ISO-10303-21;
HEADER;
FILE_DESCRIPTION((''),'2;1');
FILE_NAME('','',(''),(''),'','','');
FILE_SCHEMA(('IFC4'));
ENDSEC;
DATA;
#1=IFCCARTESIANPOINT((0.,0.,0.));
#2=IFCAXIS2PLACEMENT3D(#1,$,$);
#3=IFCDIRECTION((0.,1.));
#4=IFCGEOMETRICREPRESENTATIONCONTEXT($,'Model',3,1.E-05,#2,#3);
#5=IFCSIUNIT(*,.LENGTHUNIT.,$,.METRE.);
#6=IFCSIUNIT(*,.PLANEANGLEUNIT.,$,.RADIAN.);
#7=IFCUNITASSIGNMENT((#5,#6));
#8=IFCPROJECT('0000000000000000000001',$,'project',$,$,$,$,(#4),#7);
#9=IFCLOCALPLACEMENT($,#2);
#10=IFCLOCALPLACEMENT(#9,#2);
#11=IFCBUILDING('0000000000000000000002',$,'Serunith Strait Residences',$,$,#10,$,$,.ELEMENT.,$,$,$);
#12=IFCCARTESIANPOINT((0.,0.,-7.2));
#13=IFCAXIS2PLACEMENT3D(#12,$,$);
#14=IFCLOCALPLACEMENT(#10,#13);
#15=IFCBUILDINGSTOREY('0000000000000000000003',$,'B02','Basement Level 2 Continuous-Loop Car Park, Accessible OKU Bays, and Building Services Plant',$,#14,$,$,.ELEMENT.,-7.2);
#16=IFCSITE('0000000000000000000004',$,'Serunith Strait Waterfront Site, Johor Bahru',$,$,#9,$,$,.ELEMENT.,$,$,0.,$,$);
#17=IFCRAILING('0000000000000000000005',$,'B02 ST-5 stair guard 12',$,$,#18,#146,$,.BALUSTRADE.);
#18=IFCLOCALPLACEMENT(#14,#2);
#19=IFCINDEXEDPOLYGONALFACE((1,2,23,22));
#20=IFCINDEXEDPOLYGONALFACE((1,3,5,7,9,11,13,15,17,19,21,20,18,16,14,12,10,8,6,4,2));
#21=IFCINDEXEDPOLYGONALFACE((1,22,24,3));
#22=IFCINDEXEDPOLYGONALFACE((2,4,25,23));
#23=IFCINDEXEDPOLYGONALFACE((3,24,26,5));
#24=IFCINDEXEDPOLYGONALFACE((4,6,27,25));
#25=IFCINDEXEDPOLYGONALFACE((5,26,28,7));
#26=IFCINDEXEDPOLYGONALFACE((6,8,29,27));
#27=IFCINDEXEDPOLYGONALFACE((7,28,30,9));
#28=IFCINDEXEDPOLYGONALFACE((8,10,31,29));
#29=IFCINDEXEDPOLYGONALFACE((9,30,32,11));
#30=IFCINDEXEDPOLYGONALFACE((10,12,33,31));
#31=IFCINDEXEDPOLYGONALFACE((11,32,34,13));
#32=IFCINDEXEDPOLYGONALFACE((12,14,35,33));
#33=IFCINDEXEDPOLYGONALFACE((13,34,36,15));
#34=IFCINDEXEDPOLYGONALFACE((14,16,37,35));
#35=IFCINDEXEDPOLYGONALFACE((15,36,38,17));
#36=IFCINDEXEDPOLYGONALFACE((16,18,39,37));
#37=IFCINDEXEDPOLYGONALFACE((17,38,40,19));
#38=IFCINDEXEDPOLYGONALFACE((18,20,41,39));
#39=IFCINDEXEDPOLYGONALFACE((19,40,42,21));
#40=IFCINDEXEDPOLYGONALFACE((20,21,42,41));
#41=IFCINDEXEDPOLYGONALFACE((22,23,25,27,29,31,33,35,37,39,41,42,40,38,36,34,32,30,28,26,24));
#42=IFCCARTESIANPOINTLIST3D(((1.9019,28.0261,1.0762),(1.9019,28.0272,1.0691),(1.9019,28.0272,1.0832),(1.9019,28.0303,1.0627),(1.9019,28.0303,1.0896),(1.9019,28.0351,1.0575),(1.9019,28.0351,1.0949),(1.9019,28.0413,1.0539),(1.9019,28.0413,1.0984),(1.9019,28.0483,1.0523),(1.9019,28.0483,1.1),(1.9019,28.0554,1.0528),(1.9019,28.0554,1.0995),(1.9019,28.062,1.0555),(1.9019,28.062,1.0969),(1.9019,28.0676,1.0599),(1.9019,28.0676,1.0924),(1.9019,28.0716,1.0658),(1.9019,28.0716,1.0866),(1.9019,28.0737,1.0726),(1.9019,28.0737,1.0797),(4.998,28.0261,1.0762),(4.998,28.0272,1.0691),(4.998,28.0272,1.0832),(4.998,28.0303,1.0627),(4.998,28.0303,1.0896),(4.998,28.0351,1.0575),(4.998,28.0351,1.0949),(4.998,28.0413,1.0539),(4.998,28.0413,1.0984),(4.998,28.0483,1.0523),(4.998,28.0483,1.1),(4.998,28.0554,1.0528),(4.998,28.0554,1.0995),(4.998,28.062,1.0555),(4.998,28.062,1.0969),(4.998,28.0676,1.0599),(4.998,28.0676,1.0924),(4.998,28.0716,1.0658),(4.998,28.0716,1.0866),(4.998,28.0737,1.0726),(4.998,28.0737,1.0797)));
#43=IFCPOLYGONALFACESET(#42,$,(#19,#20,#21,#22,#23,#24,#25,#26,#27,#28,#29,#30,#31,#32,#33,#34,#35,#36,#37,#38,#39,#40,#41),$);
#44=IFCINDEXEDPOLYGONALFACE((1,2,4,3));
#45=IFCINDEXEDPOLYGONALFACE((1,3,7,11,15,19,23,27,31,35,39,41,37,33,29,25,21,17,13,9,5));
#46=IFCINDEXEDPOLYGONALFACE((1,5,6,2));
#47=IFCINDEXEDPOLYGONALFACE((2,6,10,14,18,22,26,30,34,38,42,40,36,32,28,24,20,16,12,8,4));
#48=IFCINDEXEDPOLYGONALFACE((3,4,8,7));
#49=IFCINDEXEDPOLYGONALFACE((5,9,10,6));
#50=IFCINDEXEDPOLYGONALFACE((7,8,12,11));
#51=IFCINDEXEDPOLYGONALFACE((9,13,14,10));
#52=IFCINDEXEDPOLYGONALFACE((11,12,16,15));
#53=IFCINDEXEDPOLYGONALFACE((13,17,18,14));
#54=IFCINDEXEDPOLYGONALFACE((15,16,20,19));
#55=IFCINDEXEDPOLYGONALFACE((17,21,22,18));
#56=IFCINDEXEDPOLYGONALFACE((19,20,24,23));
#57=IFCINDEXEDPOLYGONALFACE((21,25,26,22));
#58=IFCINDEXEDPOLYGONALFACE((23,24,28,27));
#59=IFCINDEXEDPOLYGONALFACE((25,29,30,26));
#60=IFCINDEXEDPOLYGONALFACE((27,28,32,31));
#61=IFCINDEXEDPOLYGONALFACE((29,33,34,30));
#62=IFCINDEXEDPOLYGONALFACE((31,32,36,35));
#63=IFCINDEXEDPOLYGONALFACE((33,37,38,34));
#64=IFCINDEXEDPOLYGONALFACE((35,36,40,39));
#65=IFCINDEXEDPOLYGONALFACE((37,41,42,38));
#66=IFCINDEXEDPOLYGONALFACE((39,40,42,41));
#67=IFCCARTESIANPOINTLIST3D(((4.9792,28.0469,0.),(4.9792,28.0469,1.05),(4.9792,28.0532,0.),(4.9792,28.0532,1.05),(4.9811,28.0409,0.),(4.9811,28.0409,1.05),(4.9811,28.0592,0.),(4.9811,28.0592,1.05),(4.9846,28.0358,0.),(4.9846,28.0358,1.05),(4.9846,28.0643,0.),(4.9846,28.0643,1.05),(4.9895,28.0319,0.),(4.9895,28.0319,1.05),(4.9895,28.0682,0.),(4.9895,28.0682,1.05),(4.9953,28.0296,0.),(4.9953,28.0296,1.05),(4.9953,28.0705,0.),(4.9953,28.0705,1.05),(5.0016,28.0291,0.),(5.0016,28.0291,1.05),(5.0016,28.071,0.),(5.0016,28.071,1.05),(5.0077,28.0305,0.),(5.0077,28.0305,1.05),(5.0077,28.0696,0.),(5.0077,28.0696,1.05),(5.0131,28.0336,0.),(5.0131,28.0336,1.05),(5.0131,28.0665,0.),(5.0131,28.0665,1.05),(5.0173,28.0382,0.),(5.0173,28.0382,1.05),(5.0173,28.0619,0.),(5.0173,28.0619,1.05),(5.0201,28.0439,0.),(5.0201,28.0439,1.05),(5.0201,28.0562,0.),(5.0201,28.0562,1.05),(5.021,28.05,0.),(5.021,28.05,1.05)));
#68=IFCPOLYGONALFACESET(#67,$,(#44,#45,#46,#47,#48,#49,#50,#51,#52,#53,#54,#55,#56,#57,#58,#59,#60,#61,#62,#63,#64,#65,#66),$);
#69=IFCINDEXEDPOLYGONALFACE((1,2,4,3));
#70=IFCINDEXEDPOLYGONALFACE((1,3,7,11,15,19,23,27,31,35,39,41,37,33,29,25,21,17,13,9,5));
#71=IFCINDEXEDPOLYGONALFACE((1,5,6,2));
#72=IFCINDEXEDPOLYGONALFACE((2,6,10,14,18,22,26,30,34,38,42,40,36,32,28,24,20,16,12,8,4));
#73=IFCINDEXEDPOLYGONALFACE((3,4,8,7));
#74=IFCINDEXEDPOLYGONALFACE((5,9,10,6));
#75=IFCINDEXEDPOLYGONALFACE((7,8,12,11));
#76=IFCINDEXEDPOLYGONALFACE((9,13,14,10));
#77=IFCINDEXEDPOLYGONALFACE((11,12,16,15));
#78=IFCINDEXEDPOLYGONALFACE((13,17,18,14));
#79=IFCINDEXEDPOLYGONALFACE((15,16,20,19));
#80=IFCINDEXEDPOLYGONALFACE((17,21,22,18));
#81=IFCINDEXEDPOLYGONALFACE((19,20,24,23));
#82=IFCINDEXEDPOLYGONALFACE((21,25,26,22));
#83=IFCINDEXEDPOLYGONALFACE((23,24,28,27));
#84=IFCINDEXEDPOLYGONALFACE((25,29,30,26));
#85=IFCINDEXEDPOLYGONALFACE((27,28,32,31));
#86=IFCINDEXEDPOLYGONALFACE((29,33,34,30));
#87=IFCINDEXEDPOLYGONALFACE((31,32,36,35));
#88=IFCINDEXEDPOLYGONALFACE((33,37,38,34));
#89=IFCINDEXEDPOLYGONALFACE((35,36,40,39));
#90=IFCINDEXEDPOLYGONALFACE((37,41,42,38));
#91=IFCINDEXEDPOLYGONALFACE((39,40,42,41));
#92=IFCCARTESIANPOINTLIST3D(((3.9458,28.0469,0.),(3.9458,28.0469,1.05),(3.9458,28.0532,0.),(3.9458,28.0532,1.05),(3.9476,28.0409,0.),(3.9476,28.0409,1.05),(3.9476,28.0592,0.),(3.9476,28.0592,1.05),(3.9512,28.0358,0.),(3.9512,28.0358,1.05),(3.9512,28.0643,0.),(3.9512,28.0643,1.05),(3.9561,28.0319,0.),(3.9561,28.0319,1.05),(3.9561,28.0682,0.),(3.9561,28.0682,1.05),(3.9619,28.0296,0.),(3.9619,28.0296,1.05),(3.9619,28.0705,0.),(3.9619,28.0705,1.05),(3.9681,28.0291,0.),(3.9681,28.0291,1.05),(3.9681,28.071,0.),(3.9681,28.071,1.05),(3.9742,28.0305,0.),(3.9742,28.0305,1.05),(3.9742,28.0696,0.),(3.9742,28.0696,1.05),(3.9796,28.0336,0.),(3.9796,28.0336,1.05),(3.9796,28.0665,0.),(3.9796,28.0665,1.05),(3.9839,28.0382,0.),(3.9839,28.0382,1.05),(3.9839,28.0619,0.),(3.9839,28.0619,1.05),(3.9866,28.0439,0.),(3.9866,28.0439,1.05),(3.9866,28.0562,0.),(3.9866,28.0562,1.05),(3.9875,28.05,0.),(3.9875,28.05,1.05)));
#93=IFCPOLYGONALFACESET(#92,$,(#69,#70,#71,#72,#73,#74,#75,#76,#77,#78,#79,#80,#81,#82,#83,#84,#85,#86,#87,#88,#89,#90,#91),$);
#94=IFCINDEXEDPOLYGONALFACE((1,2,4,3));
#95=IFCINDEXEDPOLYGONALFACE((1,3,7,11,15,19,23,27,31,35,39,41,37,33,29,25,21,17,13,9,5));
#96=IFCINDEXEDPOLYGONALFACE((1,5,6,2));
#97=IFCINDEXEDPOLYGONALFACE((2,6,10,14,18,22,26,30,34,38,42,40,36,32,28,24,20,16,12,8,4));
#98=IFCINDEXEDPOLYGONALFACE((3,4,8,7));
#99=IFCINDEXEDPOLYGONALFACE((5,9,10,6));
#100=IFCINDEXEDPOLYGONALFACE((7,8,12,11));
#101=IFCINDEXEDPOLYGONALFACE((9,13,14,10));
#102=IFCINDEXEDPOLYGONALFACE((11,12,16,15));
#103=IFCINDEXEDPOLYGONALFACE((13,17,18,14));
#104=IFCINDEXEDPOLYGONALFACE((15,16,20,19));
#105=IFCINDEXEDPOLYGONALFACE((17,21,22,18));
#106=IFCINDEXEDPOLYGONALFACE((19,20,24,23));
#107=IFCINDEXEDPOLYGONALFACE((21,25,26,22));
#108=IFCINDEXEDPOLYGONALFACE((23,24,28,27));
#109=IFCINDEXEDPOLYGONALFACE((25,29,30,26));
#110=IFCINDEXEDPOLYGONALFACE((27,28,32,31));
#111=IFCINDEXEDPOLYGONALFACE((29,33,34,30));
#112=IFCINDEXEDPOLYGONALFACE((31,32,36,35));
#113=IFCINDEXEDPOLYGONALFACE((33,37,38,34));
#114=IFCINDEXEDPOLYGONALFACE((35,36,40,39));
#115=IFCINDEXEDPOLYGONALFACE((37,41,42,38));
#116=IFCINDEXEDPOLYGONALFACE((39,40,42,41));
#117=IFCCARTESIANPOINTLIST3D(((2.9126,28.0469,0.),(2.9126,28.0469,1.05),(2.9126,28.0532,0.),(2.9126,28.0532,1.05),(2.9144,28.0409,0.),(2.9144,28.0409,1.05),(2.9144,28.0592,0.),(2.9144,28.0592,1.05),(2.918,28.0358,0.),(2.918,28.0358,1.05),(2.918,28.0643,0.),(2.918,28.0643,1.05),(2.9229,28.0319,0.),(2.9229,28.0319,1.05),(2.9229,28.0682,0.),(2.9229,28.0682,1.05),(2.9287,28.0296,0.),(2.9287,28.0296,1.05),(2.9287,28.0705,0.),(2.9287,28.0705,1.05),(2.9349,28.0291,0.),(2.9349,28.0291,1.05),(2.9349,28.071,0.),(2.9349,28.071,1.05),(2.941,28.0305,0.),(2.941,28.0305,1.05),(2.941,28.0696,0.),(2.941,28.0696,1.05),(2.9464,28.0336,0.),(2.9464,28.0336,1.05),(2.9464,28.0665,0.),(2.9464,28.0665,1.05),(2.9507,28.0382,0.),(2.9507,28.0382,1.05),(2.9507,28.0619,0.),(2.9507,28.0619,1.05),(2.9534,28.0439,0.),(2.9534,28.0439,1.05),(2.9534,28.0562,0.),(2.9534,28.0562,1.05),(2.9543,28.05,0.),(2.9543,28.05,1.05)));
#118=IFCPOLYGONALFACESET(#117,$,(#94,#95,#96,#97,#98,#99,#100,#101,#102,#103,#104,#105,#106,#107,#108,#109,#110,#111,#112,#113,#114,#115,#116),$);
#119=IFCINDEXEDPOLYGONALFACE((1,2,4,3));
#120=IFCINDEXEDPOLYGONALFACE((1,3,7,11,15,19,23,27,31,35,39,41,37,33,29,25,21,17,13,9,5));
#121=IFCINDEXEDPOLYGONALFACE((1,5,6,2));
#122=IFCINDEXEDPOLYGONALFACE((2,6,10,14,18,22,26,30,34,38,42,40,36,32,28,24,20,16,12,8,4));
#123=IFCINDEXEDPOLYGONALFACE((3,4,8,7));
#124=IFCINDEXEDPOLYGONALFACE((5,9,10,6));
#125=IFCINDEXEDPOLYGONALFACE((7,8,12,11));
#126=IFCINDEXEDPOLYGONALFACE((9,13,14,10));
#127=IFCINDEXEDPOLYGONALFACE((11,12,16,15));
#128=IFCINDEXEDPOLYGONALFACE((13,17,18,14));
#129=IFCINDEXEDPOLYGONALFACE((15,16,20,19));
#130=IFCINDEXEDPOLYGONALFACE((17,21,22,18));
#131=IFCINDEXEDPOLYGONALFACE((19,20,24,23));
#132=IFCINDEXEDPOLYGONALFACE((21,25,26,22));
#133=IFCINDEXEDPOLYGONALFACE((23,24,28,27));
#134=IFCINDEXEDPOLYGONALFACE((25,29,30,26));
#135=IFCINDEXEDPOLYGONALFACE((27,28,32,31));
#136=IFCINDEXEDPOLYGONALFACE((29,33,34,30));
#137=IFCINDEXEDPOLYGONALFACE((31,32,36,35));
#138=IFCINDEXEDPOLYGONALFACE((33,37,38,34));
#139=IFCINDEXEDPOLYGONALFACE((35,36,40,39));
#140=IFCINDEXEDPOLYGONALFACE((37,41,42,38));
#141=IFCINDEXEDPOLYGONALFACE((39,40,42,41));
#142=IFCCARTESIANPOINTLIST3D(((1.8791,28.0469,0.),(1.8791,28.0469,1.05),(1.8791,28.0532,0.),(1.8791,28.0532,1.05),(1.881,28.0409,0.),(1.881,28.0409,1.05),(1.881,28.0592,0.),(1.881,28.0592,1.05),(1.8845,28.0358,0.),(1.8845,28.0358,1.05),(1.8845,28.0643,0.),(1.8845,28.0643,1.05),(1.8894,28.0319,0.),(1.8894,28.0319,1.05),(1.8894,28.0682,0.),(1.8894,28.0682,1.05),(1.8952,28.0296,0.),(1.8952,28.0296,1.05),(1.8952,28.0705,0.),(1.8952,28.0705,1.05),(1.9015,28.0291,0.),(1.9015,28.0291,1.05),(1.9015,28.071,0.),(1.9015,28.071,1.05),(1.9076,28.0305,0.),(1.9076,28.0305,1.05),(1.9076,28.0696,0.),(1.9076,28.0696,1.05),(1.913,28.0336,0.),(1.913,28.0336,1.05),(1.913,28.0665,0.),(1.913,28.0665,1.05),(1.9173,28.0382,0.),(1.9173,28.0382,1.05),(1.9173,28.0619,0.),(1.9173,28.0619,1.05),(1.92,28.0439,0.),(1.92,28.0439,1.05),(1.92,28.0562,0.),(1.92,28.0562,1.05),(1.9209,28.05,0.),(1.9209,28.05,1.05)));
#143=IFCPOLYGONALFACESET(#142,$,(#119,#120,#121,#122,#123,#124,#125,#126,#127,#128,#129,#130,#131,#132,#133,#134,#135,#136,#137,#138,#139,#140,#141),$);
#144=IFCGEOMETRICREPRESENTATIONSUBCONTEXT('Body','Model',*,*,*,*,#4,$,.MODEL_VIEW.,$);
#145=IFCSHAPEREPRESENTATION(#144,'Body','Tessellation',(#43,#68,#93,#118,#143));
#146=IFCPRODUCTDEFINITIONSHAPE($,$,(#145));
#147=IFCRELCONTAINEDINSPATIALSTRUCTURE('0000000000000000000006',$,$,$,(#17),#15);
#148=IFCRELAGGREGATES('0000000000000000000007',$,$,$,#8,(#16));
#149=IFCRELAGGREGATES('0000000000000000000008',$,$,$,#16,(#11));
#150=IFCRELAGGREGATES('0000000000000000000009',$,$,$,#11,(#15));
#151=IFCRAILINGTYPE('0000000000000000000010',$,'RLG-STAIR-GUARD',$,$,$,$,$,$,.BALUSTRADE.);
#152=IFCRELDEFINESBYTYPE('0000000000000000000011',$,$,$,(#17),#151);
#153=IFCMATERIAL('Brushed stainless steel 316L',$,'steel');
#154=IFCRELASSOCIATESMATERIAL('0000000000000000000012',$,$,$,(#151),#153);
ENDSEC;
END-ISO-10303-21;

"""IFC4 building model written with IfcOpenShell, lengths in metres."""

from ifc_helpers import new_model, si_unit, direction, frame, origin, origin_2d, place, context, subcontext, project, spatial, circle, extrude, material, type_object, element, save


model = new_model("IFC4")

# Units and contexts
model_context = context("Model", 3, precision=1e-05, world=origin(), true_north=direction((0.0, 1.0)))
body_context = subcontext(model_context, "Body", "Model", "MODEL_VIEW")
ifc_project = project(units=[si_unit("LENGTHUNIT", "METRE"), si_unit("PLANEANGLEUNIT", "RADIAN")], contexts=[model_context])

# Site, building, storey
site_placement = place(None, origin())
site = spatial("IfcSite", under=ifc_project, at=site_placement, Name="Serunith Strait Waterfront Site, Johor Bahru", CompositionType="ELEMENT", RefElevation=0.0)
building_placement = place(site_placement, origin())
building = spatial("IfcBuilding", under=site, at=building_placement, Name="Serunith Strait Residences", CompositionType="ELEMENT")
storey_placement = place(building_placement, frame((0.0, 0.0, -7.2)))
storey = spatial("IfcBuildingStorey", under=building, at=storey_placement, Name="B02", Description="Basement Level 2 Continuous-Loop Car Park, Accessible OKU Bays, and Building Services Plant", CompositionType="ELEMENT", Elevation=-7.2)

# Railing
ifc_material_1 = material(Name="Brushed stainless steel 316L", Category="steel")
railing_type_1 = type_object("IfcRailingType", Name="RLG-STAIR-GUARD", PredefinedType="BALUSTRADE", material=ifc_material_1)
railing_1_placement = place(storey_placement, frame((5.0, 28.05, 0.0)))
element("IfcRailing", 1, at=railing_1_placement, inside=storey, type_object=railing_type_1, Name="B02 ST-5 stair guard 12", PredefinedType="BALUSTRADE", context=body_context, shape_type="SweptSolid", body=[
    extrude(circle(Radius=0.0239, at=origin_2d()), frame((-0.002, 0.0, 1.0762), z_axis=(-1.0, 0.0, 0.0), x_axis=(0.0, -1.0, 0.0)), (0.0, 0.0, 1.0), 3.0962),
    extrude(circle(Radius=0.021, at=origin_2d()), origin(), (0.0, 0.0, 1.0), 1.05),
    extrude(circle(Radius=0.021, at=origin_2d()), frame((-1.0334, 0.0, 0.0)), (0.0, 0.0, 1.0), 1.05),
    extrude(circle(Radius=0.021, at=origin_2d()), frame((-2.0667, 0.0, 0.0)), (0.0, 0.0, 1.0), 1.05),
    extrude(circle(Radius=0.021, at=origin_2d()), frame((-3.1001, 0.0, 0.0)), (0.0, 0.0, 1.0), 1.05),
])

save(model, "model.ifc")
